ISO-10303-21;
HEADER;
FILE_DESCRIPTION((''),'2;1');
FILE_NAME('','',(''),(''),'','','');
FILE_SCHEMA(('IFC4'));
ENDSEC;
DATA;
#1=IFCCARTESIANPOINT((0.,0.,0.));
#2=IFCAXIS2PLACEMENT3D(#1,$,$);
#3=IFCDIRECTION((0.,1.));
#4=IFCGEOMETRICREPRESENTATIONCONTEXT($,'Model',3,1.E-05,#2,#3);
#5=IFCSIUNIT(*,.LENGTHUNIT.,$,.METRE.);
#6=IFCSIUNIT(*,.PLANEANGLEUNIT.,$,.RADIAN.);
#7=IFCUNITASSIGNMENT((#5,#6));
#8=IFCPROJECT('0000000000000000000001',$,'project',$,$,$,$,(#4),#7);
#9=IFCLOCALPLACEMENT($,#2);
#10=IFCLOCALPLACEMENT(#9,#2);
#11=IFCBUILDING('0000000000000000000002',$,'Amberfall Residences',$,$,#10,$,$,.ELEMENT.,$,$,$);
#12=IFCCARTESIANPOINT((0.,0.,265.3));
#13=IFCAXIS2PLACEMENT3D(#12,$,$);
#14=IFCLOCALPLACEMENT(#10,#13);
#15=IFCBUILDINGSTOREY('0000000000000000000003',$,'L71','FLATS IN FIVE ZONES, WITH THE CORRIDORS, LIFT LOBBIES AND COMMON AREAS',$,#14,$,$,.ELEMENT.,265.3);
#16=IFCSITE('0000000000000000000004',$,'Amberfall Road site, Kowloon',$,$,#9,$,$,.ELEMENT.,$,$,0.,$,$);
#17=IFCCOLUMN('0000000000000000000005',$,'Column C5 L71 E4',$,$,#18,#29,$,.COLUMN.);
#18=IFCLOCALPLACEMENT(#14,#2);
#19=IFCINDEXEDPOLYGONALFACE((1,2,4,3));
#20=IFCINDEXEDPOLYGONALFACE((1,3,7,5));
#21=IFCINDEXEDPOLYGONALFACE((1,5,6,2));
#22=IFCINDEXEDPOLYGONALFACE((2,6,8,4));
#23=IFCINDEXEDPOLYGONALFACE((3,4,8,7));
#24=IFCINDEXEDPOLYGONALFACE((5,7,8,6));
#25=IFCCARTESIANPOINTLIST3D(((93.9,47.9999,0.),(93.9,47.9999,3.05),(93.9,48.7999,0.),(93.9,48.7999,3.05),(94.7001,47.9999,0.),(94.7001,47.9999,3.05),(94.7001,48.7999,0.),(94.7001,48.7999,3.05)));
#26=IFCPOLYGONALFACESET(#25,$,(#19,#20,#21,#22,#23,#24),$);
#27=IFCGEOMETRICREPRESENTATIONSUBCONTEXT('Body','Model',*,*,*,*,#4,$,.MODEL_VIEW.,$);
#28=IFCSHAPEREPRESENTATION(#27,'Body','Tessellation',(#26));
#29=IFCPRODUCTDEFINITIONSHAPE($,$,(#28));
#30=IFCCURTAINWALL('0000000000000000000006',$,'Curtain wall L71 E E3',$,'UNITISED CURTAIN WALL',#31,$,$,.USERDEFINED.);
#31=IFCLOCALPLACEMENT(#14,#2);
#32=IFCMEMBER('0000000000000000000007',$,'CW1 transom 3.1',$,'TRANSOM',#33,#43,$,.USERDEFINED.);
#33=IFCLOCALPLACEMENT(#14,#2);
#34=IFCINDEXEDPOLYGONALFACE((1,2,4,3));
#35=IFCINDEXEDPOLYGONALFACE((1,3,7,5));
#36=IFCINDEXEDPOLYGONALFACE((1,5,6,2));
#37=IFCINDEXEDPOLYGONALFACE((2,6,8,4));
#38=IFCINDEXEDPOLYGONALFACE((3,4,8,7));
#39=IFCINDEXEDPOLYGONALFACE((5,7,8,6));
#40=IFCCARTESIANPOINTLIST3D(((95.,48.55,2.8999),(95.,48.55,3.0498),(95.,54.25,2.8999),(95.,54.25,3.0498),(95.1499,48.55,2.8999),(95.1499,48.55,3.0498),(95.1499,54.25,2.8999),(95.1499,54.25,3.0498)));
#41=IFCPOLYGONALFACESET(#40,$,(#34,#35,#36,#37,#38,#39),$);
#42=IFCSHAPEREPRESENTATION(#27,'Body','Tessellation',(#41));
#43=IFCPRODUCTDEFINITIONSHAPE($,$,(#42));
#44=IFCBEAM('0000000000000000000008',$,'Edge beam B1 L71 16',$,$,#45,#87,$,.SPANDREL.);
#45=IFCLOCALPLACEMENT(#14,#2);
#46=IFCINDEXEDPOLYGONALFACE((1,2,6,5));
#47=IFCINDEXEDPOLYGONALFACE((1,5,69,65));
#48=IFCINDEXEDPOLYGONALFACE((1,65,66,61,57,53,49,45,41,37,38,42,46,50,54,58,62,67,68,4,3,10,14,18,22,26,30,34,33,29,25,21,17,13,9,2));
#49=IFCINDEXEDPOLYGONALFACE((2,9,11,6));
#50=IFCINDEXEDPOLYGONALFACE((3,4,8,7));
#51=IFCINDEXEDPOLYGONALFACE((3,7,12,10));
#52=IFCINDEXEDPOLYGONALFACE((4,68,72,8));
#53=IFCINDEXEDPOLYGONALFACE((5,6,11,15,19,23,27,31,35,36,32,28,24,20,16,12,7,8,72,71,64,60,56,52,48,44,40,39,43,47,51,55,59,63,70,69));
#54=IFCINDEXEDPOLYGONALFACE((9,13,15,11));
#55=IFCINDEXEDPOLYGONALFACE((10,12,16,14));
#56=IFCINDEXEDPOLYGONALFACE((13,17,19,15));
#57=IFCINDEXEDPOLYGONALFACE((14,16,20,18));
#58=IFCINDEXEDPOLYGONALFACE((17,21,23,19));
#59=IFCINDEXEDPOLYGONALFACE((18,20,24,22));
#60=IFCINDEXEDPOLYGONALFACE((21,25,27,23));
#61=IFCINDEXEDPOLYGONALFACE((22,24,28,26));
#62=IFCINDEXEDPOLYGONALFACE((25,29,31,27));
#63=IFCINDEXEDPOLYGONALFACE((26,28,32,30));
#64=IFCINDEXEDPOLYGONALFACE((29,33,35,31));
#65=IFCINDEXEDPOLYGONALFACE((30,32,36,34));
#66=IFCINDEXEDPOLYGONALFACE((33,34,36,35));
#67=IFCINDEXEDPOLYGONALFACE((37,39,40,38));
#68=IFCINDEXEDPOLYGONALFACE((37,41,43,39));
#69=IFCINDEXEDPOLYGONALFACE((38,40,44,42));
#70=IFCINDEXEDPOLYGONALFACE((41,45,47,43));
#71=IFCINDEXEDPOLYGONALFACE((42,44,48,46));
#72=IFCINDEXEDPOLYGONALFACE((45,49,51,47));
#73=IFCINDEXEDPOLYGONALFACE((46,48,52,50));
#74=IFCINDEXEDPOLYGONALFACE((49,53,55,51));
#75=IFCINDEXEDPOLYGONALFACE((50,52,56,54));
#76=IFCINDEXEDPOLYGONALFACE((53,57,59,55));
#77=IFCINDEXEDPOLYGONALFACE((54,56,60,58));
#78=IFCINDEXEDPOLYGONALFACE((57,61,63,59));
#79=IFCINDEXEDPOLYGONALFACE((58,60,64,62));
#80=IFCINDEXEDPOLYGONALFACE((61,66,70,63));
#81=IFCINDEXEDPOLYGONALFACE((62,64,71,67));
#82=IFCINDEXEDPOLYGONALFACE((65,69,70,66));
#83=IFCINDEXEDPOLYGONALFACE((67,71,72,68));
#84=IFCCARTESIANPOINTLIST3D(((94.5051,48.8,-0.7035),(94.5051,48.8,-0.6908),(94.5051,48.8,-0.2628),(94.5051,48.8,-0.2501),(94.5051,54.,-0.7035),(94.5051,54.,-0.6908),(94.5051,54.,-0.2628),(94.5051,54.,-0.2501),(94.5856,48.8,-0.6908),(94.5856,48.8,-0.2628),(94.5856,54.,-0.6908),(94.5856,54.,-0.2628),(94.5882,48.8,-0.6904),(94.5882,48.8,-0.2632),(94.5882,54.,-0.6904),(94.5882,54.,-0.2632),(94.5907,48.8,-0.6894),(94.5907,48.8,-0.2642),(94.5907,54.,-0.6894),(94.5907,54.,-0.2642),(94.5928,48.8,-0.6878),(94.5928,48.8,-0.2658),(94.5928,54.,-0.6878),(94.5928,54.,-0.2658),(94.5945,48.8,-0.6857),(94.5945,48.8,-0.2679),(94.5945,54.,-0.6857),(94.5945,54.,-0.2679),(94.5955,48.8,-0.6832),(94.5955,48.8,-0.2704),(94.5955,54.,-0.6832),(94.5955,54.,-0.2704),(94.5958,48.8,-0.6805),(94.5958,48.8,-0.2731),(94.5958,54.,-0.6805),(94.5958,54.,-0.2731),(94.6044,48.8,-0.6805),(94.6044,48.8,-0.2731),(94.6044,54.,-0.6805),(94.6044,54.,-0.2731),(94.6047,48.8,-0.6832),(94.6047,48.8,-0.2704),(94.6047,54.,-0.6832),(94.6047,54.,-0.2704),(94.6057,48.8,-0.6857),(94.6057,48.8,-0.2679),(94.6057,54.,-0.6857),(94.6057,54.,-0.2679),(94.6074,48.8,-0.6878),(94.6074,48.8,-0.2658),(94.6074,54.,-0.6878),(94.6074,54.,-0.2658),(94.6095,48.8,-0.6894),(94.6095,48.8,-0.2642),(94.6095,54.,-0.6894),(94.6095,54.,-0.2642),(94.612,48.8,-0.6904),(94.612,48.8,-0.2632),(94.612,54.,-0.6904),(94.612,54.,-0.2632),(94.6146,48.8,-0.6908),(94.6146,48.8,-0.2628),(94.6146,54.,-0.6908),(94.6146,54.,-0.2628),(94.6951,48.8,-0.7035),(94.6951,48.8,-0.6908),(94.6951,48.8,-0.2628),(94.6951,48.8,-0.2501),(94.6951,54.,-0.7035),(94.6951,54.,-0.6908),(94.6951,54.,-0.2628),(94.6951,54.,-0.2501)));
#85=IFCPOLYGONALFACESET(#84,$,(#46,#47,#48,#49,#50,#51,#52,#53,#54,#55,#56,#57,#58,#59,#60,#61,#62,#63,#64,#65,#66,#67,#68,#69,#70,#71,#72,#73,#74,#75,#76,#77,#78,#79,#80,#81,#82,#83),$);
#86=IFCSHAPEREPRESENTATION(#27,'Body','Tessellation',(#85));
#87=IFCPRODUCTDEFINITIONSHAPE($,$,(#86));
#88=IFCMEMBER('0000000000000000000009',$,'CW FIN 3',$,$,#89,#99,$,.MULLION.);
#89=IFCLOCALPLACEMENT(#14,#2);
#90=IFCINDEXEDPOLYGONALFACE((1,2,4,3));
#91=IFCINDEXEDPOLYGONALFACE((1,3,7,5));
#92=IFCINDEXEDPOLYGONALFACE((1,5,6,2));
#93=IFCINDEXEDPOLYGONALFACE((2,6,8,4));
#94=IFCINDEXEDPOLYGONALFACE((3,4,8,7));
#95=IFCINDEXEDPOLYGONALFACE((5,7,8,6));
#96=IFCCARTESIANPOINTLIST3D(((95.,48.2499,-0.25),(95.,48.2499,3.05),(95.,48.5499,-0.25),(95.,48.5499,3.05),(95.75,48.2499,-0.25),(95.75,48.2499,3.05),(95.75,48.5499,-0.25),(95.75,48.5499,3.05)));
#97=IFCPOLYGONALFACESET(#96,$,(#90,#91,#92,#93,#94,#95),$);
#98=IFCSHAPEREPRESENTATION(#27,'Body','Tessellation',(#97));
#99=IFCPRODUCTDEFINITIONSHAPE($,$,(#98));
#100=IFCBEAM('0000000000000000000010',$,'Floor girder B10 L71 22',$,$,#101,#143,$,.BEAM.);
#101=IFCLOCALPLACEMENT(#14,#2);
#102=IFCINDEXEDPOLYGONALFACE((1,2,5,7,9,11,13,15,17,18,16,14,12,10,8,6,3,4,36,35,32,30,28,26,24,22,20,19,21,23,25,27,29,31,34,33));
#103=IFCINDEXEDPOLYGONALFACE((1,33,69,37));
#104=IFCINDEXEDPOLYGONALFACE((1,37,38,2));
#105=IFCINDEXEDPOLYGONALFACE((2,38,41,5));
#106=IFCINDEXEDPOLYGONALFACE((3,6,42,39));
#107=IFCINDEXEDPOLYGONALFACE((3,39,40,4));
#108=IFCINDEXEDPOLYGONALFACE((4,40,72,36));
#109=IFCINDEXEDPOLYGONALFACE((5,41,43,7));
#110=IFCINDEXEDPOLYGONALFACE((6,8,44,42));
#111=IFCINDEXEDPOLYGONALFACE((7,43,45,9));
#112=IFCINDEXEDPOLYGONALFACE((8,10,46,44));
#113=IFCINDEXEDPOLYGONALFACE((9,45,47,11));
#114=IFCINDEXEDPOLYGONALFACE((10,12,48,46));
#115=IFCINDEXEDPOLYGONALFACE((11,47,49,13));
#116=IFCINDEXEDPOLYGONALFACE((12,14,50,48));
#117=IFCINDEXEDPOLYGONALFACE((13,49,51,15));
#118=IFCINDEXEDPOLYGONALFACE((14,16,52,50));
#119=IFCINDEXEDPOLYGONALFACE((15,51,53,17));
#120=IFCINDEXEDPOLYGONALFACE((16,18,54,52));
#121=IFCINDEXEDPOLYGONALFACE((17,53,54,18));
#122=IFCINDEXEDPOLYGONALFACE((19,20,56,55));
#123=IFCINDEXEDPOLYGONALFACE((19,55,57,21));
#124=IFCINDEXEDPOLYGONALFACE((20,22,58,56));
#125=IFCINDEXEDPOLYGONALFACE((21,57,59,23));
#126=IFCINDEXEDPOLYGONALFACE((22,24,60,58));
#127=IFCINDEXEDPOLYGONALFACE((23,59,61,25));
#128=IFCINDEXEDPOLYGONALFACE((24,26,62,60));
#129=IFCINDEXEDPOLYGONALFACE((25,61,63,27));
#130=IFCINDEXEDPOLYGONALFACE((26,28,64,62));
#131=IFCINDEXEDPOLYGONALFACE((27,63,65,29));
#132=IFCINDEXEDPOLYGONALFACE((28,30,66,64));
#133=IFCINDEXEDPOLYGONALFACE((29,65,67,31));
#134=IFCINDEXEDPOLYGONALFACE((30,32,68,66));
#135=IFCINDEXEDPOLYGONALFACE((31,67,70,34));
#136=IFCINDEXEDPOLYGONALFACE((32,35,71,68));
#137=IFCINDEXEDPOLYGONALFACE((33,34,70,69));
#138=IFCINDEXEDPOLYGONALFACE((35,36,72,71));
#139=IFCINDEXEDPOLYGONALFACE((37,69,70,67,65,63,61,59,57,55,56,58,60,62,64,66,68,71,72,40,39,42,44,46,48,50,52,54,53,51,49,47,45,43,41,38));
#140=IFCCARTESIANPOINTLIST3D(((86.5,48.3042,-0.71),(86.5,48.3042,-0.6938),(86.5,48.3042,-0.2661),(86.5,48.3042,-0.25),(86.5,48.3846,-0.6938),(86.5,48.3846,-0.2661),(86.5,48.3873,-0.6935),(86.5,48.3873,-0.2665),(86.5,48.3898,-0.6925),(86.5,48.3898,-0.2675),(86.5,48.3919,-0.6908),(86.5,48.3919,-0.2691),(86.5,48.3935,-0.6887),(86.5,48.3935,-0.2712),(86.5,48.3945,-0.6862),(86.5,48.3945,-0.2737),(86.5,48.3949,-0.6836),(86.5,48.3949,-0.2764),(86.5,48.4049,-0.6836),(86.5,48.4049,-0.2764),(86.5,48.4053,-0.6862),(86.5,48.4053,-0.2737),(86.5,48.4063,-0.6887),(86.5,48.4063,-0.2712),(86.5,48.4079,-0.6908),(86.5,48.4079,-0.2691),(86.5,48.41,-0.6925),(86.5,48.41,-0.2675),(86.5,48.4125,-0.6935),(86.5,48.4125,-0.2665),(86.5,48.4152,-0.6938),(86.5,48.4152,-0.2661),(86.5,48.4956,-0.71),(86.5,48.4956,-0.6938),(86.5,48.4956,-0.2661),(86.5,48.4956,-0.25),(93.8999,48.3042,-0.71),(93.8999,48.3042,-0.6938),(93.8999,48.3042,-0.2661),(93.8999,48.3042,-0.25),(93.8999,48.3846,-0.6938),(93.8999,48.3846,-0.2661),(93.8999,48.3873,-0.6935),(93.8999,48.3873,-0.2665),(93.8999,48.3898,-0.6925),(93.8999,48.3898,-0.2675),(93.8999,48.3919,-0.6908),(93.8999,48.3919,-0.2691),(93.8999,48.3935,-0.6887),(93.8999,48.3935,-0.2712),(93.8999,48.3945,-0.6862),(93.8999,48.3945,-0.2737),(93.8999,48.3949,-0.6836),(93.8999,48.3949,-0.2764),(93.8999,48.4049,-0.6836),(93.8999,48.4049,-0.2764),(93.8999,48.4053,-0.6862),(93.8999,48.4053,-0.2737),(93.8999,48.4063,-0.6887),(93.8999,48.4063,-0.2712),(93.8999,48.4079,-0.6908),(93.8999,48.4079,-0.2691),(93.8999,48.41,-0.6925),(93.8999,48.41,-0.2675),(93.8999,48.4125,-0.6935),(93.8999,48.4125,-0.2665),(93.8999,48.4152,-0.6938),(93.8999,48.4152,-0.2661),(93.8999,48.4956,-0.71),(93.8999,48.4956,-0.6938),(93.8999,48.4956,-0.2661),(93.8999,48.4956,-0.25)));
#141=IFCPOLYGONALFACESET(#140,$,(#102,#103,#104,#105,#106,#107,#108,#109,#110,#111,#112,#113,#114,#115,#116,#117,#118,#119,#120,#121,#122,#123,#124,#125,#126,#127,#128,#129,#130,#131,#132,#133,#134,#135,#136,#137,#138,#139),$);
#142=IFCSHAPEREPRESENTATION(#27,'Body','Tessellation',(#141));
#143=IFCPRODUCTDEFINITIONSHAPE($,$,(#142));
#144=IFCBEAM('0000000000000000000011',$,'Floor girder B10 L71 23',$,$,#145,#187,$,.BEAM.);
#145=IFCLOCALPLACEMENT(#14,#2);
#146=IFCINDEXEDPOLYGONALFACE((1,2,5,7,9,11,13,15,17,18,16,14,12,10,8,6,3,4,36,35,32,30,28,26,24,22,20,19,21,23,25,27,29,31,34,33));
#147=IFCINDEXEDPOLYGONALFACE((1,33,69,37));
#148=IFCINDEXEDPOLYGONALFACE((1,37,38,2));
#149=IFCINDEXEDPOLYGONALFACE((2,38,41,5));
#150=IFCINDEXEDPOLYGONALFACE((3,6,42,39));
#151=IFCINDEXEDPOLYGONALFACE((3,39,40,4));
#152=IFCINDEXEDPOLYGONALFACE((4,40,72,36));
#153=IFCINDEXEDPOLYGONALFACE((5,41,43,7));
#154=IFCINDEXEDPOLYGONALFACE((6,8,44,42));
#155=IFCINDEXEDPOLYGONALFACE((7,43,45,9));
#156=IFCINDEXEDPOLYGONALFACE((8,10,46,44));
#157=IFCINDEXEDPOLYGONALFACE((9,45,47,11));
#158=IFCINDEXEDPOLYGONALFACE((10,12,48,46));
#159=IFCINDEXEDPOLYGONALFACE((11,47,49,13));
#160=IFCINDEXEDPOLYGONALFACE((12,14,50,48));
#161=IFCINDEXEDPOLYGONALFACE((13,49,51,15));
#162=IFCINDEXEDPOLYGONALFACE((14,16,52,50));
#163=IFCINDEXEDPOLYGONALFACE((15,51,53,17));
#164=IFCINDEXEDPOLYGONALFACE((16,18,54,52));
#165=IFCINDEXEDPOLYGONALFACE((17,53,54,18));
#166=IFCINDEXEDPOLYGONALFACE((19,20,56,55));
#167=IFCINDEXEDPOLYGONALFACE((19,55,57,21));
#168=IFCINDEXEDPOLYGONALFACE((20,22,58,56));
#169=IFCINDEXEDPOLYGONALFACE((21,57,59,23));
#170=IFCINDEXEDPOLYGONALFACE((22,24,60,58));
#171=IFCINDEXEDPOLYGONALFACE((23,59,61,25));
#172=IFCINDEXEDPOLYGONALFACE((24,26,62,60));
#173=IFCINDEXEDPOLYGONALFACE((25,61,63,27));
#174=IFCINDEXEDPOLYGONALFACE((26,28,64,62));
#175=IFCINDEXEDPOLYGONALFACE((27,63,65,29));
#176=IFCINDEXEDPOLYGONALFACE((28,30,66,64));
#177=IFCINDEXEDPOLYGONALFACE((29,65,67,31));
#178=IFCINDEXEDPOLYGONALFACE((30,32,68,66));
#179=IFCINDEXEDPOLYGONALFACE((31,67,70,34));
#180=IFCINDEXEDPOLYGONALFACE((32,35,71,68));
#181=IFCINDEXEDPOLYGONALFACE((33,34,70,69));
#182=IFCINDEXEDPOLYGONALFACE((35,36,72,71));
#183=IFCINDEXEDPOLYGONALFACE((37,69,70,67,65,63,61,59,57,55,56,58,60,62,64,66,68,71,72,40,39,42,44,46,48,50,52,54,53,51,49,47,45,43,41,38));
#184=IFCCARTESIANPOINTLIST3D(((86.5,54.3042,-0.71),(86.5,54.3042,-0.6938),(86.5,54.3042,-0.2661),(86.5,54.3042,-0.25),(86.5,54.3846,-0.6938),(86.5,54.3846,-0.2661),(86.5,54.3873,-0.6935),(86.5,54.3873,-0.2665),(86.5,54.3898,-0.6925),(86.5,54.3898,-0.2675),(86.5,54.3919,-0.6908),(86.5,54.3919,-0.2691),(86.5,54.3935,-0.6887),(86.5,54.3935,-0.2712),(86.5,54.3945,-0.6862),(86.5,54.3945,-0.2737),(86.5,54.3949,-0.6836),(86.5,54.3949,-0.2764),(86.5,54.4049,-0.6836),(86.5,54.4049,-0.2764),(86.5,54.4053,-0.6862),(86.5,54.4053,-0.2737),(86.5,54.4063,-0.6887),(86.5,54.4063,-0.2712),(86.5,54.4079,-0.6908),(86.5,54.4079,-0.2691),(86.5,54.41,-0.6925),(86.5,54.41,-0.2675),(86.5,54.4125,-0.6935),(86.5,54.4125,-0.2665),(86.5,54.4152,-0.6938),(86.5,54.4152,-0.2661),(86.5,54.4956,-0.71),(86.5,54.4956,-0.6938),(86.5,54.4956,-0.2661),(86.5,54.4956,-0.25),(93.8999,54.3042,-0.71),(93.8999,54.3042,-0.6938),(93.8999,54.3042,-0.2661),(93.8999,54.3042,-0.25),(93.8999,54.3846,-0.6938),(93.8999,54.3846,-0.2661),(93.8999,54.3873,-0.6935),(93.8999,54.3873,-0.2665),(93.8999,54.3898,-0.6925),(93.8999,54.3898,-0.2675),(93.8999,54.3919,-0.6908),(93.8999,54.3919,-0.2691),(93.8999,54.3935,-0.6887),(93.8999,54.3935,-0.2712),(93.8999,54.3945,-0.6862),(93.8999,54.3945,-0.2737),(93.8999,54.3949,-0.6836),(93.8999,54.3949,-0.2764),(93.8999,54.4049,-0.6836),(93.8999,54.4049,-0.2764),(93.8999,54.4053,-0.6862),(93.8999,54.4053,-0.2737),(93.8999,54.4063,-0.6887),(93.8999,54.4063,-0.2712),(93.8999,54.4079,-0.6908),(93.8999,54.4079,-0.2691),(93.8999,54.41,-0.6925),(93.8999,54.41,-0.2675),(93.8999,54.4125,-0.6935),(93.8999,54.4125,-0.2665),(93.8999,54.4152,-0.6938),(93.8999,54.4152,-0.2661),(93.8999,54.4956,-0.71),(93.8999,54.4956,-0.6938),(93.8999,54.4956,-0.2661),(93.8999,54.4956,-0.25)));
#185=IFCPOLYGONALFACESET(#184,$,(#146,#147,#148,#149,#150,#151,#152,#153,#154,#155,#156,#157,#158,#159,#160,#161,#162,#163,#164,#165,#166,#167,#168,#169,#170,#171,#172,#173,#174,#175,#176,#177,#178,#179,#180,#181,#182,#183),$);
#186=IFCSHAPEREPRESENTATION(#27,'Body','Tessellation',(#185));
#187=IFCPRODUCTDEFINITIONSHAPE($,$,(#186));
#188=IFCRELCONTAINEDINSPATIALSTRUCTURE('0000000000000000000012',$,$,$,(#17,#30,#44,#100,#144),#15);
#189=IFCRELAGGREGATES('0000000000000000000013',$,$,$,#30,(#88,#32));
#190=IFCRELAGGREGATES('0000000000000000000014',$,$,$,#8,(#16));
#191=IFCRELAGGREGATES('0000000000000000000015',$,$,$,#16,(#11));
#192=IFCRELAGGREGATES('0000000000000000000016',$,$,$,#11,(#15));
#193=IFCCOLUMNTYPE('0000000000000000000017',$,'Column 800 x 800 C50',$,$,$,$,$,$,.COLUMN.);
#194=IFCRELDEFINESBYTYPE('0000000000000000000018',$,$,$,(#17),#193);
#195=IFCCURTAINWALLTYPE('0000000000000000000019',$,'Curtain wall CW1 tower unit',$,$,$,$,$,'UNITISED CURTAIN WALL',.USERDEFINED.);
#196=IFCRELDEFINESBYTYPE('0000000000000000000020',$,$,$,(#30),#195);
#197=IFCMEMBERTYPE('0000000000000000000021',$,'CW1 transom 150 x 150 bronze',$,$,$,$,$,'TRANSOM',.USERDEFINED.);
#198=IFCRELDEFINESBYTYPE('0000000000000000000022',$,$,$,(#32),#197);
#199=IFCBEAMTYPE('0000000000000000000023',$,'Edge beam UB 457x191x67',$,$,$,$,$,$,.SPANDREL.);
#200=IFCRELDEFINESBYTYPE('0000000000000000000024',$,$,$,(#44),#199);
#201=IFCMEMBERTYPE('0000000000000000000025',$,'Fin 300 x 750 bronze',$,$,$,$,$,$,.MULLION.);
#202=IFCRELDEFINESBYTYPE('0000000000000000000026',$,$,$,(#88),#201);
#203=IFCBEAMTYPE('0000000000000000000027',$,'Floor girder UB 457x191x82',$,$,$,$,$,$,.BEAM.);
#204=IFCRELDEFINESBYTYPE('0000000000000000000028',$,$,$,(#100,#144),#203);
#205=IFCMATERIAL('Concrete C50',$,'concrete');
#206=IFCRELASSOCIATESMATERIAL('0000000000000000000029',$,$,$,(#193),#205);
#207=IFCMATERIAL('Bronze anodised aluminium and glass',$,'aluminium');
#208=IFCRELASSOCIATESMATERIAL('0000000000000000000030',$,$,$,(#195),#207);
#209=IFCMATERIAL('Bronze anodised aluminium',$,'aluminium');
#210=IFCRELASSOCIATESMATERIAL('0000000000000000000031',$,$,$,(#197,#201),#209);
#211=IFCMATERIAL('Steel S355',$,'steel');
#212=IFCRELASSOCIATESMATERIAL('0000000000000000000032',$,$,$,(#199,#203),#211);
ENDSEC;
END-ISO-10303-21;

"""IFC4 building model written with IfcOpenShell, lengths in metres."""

from ifc_helpers import new_model, si_unit, direction, frame, origin, origin_2d, place, context, subcontext, project, spatial, rectangle, i_section, extrude, material, material_profile, profile_set, type_object, element, aggregate, save


model = new_model("IFC4")

# Units and contexts
model_context = context("Model", 3, precision=1e-05, world=origin(), true_north=direction((0.0, 1.0)))
body_context = subcontext(model_context, "Body", "Model", "MODEL_VIEW")
ifc_project = project(units=[si_unit("LENGTHUNIT", "METRE"), si_unit("PLANEANGLEUNIT", "RADIAN")], contexts=[model_context])

# Site, building, storey
site_placement = place(None, origin())
site = spatial("IfcSite", under=ifc_project, at=site_placement, Name="Amberfall Road site, Kowloon", CompositionType="ELEMENT", RefElevation=0.0)
building_placement = place(site_placement, origin())
building = spatial("IfcBuilding", under=site, at=building_placement, Name="Amberfall Residences", CompositionType="ELEMENT")
storey_placement = place(building_placement, frame((0.0, 0.0, 265.3)))
storey = spatial("IfcBuildingStorey", under=building, at=storey_placement, Name="L71", Description="FLATS IN FIVE ZONES, WITH THE CORRIDORS, LIFT LOBBIES AND COMMON AREAS", CompositionType="ELEMENT", Elevation=265.3)

# Column
ifc_material_1 = material(Name="Concrete C50", Category="concrete")
ifc_material_profile_1 = material_profile(ifc_material_1, rectangle(XDim=0.8, YDim=0.8, at=origin_2d()), Name="Column 800 x 800 C50")
ifc_profile_set_1 = profile_set([ifc_material_profile_1], Name="Concrete C50")
column_type = type_object("IfcColumnType", Name="Column 800 x 800 C50", PredefinedType="COLUMN", material=ifc_profile_set_1)
column_placement = place(storey_placement, frame((94.3, 48.3999, 0.0), z_axis=(0.0, 0.0, 1.0), x_axis=(1.0, 0.0, 0.0)))
element("IfcColumn", 1, at=column_placement, inside=storey, type_object=column_type, Name="Column C5 L71 E4", PredefinedType="COLUMN", context=body_context, shape_type="SweptSolid", body=[
    extrude(rectangle(XDim=0.8, YDim=0.8, at=origin_2d()), origin(), (0.0, 0.0, 1.0), 3.05),
])

# Curtain wall, member
ifc_material_2 = material(Name="Bronze anodised aluminium and glass", Category="aluminium")
curtain_wall_type = type_object("IfcCurtainWallType", Name="Curtain wall CW1 tower unit", ElementType="UNITISED CURTAIN WALL", PredefinedType="USERDEFINED", material=ifc_material_2)
curtain_wall_placement = place(storey_placement, origin())
curtain_wall = element("IfcCurtainWall", 2, at=curtain_wall_placement, inside=storey, type_object=curtain_wall_type, Name="Curtain wall L71 E E3", ObjectType="UNITISED CURTAIN WALL", PredefinedType="USERDEFINED")
ifc_material_3 = material(Name="Bronze anodised aluminium", Category="aluminium")
ifc_material_profile_2 = material_profile(ifc_material_3, rectangle(XDim=0.1499, YDim=0.1499, at=origin_2d()), Name="CW1 transom 150 x 150 bronze")
ifc_profile_set_2 = profile_set([ifc_material_profile_2], Name="Bronze anodised aluminium")
member_type_1 = type_object("IfcMemberType", Name="CW1 transom 150 x 150 bronze", ElementType="TRANSOM", PredefinedType="USERDEFINED", material=ifc_profile_set_2)
member_1_placement = place(storey_placement, frame((95.075, 48.55, 2.9749), z_axis=(0.0, 1.0, 0.0), x_axis=(-1.0, 0.0, 0.0)))
member_1 = element("IfcMember", 3, at=member_1_placement, type_object=member_type_1, Name="CW1 transom 3.1", ObjectType="TRANSOM", PredefinedType="USERDEFINED", context=body_context, shape_type="SweptSolid", body=[
    extrude(rectangle(XDim=0.1499, YDim=0.1499, at=origin_2d()), origin(), (0.0, 0.0, 1.0), 5.7),
])

# Beam
ifc_material_4 = material(Name="Steel S355", Category="steel")
ifc_material_profile_3 = material_profile(ifc_material_4, i_section(OverallWidth=0.1899, OverallDepth=0.4534, WebThickness=0.0085, FlangeThickness=0.0127, FilletRadius=0.0103, at=origin_2d()), Name="UB 457x191x67")
ifc_profile_set_3 = profile_set([ifc_material_profile_3], Name="Steel S355")
beam_type_1 = type_object("IfcBeamType", Name="Edge beam UB 457x191x67", PredefinedType="SPANDREL", material=ifc_profile_set_3)
beam_placement = place(storey_placement, frame((94.6001, 48.8, -0.4768), z_axis=(0.0, 1.0, 0.0), x_axis=(-1.0, 0.0, 0.0)))
element("IfcBeam", 4, at=beam_placement, inside=storey, type_object=beam_type_1, Name="Edge beam B1 L71 16", PredefinedType="SPANDREL", context=body_context, shape_type="SweptSolid", body=[
    extrude(i_section(OverallWidth=0.1899, OverallDepth=0.4534, WebThickness=0.0085, FlangeThickness=0.0127, FilletRadius=0.0103, at=origin_2d()), origin(), (0.0, 0.0, 1.0), 5.2),
])

# Member
ifc_material_profile_4 = material_profile(ifc_material_3, rectangle(XDim=0.75, YDim=0.3, at=origin_2d()), Name="Fin 300 x 750 bronze")
ifc_profile_set_4 = profile_set([ifc_material_profile_4], Name="Bronze anodised aluminium")
member_type_2 = type_object("IfcMemberType", Name="Fin 300 x 750 bronze", PredefinedType="MULLION", material=ifc_profile_set_4)
member_2_placement = place(storey_placement, frame((95.375, 48.3999, -0.25), z_axis=(0.0, 0.0, 1.0), x_axis=(-1.0, 0.0, 0.0)))
member_2 = element("IfcMember", 5, at=member_2_placement, type_object=member_type_2, Name="CW FIN 3", PredefinedType="MULLION", context=body_context, shape_type="SweptSolid", body=[
    extrude(rectangle(XDim=0.75, YDim=0.3, at=origin_2d()), origin(), (0.0, 0.0, 1.0), 3.3),
])

# Beams
ifc_material_profile_5 = material_profile(ifc_material_4, i_section(OverallWidth=0.1914, OverallDepth=0.46, WebThickness=0.01, FlangeThickness=0.0161, FilletRadius=0.0103, at=origin_2d()), Name="UB 457x191x82")
ifc_profile_set_5 = profile_set([ifc_material_profile_5], Name="Steel S355")
beam_type_2 = type_object("IfcBeamType", Name="Floor girder UB 457x191x82", PredefinedType="BEAM", material=ifc_profile_set_5)
for number, where, z_axis, x_axis, name in (
    (6, (93.8999, 48.3999, -0.48), (-1.0, 0.0, 0.0), (0.0, -1.0, 0.0), "Floor girder B10 L71 22"),
    (7, (93.8999, 54.3999, -0.48), (-1.0, 0.0, 0.0), (0.0, -1.0, 0.0), "Floor girder B10 L71 23"),
):
    element("IfcBeam", number, at=place(storey_placement, frame(where, z_axis=z_axis, x_axis=x_axis)), inside=storey, type_object=beam_type_2, Name=name, PredefinedType="BEAM", context=body_context, shape_type="SweptSolid", body=[
        extrude(i_section(OverallWidth=0.1914, OverallDepth=0.46, WebThickness=0.01, FlangeThickness=0.0161, FilletRadius=0.0103, at=origin_2d()), origin(), (0.0, 0.0, 1.0), 7.3999),
    ])

aggregate(curtain_wall, [member_2, member_1])

save(model, "model.ifc")
